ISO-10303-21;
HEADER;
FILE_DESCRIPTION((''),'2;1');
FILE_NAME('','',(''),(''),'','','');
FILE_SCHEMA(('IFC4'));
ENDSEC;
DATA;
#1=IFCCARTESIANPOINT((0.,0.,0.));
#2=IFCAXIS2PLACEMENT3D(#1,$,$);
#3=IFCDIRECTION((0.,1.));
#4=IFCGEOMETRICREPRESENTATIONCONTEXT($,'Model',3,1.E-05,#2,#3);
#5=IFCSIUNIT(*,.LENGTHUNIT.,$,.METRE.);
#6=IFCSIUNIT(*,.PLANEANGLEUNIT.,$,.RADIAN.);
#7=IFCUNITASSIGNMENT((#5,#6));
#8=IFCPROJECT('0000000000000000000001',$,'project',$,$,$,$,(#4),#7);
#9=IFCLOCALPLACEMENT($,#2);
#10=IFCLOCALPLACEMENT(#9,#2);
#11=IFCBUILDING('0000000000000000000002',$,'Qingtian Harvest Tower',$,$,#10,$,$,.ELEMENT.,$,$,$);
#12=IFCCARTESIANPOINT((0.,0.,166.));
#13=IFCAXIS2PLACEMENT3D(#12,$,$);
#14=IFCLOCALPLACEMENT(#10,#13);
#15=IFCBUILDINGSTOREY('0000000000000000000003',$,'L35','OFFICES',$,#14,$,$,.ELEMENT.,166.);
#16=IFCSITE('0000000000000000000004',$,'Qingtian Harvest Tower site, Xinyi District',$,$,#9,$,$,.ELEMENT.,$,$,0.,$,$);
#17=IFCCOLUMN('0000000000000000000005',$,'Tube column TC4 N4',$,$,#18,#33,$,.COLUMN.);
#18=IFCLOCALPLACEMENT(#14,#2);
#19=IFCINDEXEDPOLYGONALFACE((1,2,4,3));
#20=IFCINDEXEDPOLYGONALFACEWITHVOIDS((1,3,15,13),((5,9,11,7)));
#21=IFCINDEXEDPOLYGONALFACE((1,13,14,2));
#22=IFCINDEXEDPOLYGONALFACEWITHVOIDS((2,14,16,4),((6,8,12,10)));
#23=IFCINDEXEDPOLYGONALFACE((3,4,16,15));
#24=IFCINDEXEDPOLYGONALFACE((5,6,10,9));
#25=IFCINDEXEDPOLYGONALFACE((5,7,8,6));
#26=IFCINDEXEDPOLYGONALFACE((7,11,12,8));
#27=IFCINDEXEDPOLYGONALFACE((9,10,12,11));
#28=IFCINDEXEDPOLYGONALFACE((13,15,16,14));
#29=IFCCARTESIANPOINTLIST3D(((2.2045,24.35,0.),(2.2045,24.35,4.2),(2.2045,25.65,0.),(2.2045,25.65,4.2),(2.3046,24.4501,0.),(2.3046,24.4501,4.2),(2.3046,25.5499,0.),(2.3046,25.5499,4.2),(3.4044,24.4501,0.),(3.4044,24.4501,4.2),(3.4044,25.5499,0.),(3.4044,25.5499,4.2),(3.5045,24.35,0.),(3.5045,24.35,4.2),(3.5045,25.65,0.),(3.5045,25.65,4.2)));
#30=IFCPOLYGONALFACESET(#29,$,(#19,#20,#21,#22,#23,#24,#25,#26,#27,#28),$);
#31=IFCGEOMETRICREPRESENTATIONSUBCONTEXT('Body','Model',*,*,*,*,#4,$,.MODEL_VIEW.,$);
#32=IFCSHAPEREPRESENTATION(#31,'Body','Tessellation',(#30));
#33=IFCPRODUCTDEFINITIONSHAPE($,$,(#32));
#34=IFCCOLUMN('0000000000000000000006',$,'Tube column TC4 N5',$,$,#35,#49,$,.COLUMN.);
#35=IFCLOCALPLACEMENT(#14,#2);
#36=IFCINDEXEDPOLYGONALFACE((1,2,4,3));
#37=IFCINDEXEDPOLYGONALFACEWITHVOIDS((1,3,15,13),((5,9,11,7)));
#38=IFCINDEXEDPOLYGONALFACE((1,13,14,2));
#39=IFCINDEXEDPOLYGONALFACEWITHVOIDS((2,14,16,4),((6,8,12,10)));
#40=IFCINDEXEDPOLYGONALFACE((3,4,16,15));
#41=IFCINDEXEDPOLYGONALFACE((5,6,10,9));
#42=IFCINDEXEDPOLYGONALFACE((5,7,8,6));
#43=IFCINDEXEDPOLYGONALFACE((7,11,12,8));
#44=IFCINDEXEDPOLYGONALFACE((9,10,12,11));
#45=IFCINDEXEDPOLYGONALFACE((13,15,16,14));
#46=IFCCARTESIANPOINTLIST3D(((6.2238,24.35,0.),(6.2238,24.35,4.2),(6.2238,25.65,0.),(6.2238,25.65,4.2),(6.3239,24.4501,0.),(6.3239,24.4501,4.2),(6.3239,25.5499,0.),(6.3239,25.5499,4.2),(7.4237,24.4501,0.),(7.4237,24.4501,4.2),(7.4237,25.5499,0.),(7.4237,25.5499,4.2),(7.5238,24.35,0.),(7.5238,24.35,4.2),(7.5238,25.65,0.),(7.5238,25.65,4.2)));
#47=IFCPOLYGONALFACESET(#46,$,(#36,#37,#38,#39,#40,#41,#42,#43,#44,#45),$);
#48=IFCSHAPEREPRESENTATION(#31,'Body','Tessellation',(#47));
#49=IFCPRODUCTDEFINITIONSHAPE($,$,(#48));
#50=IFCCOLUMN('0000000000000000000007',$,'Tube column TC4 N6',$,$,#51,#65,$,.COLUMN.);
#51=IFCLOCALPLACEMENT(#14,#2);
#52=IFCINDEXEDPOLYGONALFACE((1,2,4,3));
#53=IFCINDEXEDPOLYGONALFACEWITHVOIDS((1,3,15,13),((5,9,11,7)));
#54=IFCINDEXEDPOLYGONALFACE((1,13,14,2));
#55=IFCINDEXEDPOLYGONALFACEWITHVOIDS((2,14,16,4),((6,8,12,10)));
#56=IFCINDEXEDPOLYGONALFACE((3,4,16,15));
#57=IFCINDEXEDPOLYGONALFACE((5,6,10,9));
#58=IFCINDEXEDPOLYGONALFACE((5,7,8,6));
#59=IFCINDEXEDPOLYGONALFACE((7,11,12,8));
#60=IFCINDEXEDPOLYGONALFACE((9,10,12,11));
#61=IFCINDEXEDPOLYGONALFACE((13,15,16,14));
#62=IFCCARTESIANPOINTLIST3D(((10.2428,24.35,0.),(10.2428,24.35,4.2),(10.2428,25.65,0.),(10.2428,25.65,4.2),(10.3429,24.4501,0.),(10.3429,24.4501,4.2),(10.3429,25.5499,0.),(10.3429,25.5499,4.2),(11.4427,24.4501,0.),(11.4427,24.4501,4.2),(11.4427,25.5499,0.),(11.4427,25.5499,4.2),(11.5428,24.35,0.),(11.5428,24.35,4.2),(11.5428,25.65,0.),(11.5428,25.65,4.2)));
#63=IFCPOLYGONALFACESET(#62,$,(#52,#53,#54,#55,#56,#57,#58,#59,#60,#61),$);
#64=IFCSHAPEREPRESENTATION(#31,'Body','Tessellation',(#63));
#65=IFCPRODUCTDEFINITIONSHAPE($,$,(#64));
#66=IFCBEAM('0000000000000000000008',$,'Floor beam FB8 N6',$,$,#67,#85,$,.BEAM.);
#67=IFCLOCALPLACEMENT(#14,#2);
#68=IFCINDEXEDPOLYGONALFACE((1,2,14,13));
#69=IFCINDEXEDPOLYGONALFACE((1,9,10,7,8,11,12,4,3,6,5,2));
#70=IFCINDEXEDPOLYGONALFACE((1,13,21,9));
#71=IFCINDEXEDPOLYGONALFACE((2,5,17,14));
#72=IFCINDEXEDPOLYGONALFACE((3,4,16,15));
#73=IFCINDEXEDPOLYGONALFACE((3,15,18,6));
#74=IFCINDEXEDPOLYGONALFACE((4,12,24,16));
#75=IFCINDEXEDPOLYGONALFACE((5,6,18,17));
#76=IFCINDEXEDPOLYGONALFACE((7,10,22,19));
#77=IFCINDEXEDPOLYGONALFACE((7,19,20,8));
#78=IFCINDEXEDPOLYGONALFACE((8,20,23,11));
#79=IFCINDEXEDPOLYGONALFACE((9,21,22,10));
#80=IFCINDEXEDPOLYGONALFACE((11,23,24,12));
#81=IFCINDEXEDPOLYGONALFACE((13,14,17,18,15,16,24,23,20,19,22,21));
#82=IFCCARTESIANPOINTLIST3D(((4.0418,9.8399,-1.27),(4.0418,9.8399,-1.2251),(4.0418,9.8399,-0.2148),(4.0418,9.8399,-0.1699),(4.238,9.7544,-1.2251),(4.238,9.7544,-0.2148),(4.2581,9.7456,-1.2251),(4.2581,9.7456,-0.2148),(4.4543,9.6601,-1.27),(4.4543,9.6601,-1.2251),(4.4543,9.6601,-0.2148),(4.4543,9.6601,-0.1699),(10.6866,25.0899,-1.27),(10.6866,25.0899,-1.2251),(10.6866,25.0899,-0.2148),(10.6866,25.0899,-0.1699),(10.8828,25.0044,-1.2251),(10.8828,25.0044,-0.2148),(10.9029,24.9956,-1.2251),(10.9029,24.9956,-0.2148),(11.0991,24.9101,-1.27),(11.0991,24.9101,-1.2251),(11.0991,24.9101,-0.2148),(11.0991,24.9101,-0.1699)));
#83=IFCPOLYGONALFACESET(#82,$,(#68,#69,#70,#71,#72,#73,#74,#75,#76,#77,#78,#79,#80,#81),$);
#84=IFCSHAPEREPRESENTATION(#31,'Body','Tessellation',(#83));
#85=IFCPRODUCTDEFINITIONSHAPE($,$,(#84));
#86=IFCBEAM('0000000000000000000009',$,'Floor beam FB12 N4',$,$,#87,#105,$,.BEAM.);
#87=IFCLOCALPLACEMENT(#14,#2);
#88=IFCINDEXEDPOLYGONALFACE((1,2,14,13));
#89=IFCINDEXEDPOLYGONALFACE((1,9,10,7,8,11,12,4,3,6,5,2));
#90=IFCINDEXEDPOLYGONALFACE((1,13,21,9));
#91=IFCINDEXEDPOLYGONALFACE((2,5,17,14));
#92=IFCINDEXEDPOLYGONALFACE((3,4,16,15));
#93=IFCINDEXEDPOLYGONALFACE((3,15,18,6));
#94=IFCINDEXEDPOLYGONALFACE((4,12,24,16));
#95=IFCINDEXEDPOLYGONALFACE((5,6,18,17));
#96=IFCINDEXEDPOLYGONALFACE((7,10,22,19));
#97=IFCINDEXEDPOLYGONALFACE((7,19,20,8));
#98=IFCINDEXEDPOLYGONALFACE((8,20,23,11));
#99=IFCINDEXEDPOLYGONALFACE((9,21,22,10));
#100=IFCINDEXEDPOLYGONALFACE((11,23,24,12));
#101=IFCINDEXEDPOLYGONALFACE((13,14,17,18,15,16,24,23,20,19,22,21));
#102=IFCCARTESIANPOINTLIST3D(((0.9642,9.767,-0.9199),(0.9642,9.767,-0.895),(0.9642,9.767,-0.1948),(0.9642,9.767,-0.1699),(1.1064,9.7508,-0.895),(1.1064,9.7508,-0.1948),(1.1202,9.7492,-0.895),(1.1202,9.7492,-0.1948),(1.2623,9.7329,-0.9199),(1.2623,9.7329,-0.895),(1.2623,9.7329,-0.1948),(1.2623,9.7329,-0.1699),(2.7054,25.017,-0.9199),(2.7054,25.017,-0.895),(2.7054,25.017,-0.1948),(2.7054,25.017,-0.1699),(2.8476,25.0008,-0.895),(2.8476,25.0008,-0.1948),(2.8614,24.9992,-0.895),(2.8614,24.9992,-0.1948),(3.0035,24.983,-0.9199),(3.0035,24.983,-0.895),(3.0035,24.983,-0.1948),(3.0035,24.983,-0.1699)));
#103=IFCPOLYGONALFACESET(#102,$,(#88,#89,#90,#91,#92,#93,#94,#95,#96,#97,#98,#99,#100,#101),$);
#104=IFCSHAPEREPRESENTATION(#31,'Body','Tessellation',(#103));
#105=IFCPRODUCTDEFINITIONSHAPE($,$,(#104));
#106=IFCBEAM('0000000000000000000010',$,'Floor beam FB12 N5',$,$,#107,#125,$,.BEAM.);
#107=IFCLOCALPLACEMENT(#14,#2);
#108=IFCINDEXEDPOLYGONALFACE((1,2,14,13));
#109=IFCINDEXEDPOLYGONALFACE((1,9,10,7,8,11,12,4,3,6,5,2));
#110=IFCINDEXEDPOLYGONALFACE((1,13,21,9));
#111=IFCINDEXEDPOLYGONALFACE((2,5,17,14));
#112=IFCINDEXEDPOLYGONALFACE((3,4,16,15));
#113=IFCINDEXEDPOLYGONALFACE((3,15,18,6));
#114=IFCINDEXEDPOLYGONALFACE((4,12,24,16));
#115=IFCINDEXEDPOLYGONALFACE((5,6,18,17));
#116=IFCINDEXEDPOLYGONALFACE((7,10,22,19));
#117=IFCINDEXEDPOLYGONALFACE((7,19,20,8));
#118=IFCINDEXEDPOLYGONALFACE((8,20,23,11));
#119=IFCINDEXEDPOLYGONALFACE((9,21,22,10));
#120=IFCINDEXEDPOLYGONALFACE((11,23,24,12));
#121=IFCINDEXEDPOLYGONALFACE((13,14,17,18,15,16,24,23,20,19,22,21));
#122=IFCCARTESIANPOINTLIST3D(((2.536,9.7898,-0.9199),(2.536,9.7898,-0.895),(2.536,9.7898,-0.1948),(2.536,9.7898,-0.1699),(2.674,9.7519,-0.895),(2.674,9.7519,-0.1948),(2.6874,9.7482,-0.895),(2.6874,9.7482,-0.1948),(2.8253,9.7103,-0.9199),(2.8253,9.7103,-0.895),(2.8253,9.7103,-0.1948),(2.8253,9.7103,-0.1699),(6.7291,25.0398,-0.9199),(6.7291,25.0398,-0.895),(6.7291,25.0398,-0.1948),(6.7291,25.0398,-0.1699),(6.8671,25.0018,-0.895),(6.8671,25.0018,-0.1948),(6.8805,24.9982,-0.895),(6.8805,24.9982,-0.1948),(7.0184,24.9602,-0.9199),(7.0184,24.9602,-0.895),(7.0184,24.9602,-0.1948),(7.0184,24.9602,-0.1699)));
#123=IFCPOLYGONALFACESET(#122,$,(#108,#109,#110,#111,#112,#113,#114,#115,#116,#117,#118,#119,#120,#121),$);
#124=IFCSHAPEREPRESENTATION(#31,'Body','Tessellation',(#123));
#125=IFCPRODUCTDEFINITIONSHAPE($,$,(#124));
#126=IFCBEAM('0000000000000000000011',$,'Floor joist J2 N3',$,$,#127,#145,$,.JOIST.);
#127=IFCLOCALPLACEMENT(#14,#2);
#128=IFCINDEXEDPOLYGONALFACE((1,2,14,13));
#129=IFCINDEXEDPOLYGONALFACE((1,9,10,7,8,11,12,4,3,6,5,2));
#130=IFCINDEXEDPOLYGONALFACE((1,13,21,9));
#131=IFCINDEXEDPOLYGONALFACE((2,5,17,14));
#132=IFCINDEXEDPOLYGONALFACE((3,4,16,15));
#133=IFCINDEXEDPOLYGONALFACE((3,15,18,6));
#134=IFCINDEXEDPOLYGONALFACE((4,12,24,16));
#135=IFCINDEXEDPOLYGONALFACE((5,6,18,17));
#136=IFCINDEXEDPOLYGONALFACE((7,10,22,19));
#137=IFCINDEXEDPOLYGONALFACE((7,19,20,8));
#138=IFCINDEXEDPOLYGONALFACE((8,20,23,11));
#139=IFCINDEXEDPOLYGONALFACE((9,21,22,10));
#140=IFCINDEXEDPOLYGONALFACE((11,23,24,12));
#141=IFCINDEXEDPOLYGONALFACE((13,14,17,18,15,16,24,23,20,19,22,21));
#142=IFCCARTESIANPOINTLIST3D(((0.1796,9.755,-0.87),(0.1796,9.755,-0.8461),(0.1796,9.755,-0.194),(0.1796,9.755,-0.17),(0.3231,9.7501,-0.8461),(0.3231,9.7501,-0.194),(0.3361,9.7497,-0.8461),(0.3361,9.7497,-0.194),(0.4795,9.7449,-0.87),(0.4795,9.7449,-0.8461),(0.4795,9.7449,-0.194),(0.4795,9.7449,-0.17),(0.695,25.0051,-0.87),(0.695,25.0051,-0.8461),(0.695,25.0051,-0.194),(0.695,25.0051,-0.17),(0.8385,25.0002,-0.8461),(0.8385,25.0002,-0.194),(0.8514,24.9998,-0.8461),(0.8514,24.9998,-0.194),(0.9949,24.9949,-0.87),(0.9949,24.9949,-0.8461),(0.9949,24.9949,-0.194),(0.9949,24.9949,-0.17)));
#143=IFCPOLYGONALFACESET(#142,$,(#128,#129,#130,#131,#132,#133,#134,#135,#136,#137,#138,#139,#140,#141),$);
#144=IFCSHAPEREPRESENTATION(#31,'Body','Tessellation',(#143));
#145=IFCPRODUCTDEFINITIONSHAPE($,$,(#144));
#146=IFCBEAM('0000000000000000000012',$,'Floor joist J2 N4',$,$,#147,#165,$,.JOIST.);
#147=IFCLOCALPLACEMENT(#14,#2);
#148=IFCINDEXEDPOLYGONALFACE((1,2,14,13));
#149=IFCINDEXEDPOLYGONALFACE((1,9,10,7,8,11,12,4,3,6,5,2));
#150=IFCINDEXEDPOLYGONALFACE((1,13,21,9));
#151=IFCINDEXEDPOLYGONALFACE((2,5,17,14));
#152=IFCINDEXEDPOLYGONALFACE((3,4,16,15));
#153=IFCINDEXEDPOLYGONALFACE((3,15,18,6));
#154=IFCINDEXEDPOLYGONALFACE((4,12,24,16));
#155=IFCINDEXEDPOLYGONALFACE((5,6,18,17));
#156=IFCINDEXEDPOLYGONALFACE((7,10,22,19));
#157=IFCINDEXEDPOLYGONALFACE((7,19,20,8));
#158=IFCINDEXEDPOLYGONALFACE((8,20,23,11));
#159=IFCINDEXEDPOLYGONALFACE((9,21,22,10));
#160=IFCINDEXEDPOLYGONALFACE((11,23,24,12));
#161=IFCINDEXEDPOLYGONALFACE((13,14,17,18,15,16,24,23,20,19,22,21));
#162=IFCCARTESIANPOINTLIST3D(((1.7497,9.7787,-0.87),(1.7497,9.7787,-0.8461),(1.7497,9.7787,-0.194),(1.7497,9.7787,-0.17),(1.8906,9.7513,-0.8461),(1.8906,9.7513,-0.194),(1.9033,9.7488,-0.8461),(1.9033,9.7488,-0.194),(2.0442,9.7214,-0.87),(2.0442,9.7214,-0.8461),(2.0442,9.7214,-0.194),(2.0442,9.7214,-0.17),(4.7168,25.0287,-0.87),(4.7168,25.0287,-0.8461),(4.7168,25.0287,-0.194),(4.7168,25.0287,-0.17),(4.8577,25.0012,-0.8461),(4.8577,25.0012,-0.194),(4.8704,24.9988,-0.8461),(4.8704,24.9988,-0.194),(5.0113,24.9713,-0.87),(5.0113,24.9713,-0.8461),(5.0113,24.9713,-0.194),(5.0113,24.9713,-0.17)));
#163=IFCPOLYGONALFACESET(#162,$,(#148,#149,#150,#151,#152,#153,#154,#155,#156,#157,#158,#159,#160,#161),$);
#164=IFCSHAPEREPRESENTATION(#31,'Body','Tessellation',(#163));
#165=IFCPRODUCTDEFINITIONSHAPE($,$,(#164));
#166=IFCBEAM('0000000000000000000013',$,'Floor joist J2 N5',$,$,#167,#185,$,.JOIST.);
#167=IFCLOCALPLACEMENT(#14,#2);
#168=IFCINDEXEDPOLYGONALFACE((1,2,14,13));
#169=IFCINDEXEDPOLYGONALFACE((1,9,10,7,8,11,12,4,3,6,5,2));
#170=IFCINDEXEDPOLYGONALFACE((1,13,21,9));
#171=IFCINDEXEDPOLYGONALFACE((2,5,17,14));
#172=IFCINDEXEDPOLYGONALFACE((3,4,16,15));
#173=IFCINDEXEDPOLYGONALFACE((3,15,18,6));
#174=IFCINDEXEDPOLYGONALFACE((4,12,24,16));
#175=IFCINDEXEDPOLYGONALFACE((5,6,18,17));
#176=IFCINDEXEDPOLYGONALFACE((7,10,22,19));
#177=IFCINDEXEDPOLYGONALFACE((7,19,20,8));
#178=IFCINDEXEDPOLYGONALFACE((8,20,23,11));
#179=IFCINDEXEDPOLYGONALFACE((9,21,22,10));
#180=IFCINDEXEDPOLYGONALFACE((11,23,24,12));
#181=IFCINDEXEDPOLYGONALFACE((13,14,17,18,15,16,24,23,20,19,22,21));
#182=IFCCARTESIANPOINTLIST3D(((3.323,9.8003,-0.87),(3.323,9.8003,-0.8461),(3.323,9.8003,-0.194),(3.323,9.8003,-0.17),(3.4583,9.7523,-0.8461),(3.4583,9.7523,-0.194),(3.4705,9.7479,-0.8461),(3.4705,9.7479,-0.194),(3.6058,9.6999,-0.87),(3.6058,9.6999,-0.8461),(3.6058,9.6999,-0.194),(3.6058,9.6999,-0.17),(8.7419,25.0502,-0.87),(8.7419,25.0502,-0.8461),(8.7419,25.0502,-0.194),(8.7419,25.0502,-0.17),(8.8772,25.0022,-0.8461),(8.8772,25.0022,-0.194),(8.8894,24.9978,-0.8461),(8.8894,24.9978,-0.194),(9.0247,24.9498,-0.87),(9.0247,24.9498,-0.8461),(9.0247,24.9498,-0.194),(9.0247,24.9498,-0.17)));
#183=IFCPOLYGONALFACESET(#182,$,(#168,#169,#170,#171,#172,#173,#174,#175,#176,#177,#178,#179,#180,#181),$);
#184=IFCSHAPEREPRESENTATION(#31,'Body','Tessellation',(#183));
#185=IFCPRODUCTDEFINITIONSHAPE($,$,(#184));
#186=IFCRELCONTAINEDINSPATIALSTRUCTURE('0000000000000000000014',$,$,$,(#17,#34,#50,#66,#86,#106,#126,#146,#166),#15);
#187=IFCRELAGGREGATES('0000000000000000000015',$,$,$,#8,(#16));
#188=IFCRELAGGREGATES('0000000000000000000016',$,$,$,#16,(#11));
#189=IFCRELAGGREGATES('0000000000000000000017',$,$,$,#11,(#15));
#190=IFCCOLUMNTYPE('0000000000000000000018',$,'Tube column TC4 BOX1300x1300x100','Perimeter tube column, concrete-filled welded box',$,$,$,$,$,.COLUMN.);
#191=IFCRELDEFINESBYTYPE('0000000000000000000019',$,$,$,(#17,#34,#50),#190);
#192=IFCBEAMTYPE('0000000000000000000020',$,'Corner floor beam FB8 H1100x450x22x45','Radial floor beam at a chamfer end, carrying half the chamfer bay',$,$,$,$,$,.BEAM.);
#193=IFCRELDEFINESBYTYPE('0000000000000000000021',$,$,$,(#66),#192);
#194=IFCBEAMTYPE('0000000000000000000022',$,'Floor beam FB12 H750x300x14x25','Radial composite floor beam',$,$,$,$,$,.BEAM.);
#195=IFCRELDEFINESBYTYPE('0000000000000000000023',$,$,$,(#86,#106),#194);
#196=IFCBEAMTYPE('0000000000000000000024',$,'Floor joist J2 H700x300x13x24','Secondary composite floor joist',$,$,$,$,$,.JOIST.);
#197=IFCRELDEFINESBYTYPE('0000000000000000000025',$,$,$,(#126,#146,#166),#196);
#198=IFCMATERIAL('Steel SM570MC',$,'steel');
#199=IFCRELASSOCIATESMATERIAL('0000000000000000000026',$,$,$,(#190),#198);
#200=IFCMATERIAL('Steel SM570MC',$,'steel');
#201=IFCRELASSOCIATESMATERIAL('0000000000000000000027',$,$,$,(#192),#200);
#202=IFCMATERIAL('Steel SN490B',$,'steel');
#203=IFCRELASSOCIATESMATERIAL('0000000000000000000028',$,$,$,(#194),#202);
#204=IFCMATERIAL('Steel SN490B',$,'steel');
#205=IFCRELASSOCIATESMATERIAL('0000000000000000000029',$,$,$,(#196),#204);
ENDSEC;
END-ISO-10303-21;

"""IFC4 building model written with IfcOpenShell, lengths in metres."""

from ifc_helpers import new_model, si_unit, direction, frame, origin, origin_2d, place, context, subcontext, project, spatial, hollow_rectangle, i_section, extrude, material, material_profile, profile_set, type_object, element, save


model = new_model("IFC4")

# Units and contexts
model_context = context("Model", 3, precision=1e-05, world=origin(), true_north=direction((0.0, 1.0)))
body_context = subcontext(model_context, "Body", "Model", "MODEL_VIEW")
ifc_project = project(units=[si_unit("LENGTHUNIT", "METRE"), si_unit("PLANEANGLEUNIT", "RADIAN")], contexts=[model_context])

# Site, building, storey
site_placement = place(None, origin())
site = spatial("IfcSite", under=ifc_project, at=site_placement, Name="Qingtian Harvest Tower site, Xinyi District", CompositionType="ELEMENT", RefElevation=0.0)
building_placement = place(site_placement, origin())
building = spatial("IfcBuilding", under=site, at=building_placement, Name="Qingtian Harvest Tower", CompositionType="ELEMENT")
storey_placement = place(building_placement, frame((0.0, 0.0, 166.0)))
storey = spatial("IfcBuildingStorey", under=building, at=storey_placement, Name="L35", Description="OFFICES", CompositionType="ELEMENT", Elevation=166.0)

# Columns
ifc_material_1 = material(Name="Steel SM570MC", Category="steel")
ifc_material_profile_1 = material_profile(ifc_material_1, hollow_rectangle(XDim=1.3, YDim=1.3, WallThickness=0.1001, at=origin_2d()), Name="BOX1300x1300x100")
ifc_profile_set_1 = profile_set([ifc_material_profile_1], Name="Steel SM570MC")
column_type = type_object("IfcColumnType", Name="Tube column TC4 BOX1300x1300x100", Description="Perimeter tube column, concrete-filled welded box", PredefinedType="COLUMN", material=ifc_profile_set_1)
for number, where, z_axis, x_axis, name in (
    (1, (2.8545, 25.0, 0.0), (0.0, 0.0, 1.0), (-1.0, 0.0, 0.0), "Tube column TC4 N4"),
    (2, (6.8738, 25.0, 0.0), (0.0, 0.0, 1.0), (-1.0, 0.0, 0.0), "Tube column TC4 N5"),
    (3, (10.8928, 25.0, 0.0), (0.0, 0.0, 1.0), (-1.0, 0.0, 0.0), "Tube column TC4 N6"),
):
    element("IfcColumn", number, at=place(storey_placement, frame(where, z_axis=z_axis, x_axis=x_axis)), inside=storey, type_object=column_type, Name=name, PredefinedType="COLUMN", context=body_context, shape_type="SweptSolid", body=[
        extrude(hollow_rectangle(XDim=1.3, YDim=1.3, WallThickness=0.1001, at=origin_2d()), origin(), (0.0, 0.0, 1.0), 4.2),
    ])

# Beams
ifc_material_2 = material(Name="Steel SM570MC", Category="steel")
ifc_material_profile_2 = material_profile(ifc_material_2, i_section(OverallWidth=0.45, OverallDepth=1.1001, WebThickness=0.022, FlangeThickness=0.0449, at=origin_2d()), Name="H1100x450x22x45")
ifc_profile_set_2 = profile_set([ifc_material_profile_2], Name="Steel SM570MC")
beam_type_1 = type_object("IfcBeamType", Name="Corner floor beam FB8 H1100x450x22x45", Description="Radial floor beam at a chamfer end, carrying half the chamfer bay", PredefinedType="BEAM", material=ifc_profile_set_2)
beam_1_placement = place(storey_placement, frame((10.8928, 25.0, -0.72), z_axis=(-0.399451, -0.916755, 0.0), x_axis=(0.916755, -0.399451, 0.0)))
element("IfcBeam", 4, at=beam_1_placement, inside=storey, type_object=beam_type_1, Name="Floor beam FB8 N6", PredefinedType="BEAM", context=body_context, shape_type="SweptSolid", body=[
    extrude(i_section(OverallWidth=0.45, OverallDepth=1.1001, WebThickness=0.022, FlangeThickness=0.0449, at=origin_2d()), origin(), (0.0, 0.0, 1.0), 16.6348),
])
ifc_material_3 = material(Name="Steel SN490B", Category="steel")
ifc_material_profile_3 = material_profile(ifc_material_3, i_section(OverallWidth=0.3, OverallDepth=0.75, WebThickness=0.0139, FlangeThickness=0.0249, at=origin_2d()), Name="H750x300x14x25")
ifc_profile_set_3 = profile_set([ifc_material_profile_3], Name="Steel SN490B")
beam_type_2 = type_object("IfcBeamType", Name="Floor beam FB12 H750x300x14x25", Description="Radial composite floor beam", PredefinedType="BEAM", material=ifc_profile_set_3)
beam_2_placement = place(storey_placement, frame((2.8545, 25.0, -0.5449), z_axis=(-0.113441, -0.993545, 0.0), x_axis=(0.993545, -0.113441, 0.0)))
element("IfcBeam", 5, at=beam_2_placement, inside=storey, type_object=beam_type_2, Name="Floor beam FB12 N4", PredefinedType="BEAM", context=body_context, shape_type="SweptSolid", body=[
    extrude(i_section(OverallWidth=0.3, OverallDepth=0.75, WebThickness=0.0139, FlangeThickness=0.0249, at=origin_2d()), origin(), (0.0, 0.0, 1.0), 15.3491),
])
beam_3_placement = place(storey_placement, frame((6.8738, 25.0, -0.5449), z_axis=(-0.265119, -0.964216, 0.0), x_axis=(0.964216, -0.265119, 0.0)))
element("IfcBeam", 6, at=beam_3_placement, inside=storey, type_object=beam_type_2, Name="Floor beam FB12 N5", PredefinedType="BEAM", context=body_context, shape_type="SweptSolid", body=[
    extrude(i_section(OverallWidth=0.3, OverallDepth=0.75, WebThickness=0.0139, FlangeThickness=0.0249, at=origin_2d()), origin(), (0.0, 0.0, 1.0), 15.8159),
])
ifc_material_4 = material(Name="Steel SN490B", Category="steel")
ifc_material_profile_4 = material_profile(ifc_material_4, i_section(OverallWidth=0.3, OverallDepth=0.7, WebThickness=0.0129, FlangeThickness=0.0239, at=origin_2d()), Name="H700x300x13x24")
ifc_profile_set_4 = profile_set([ifc_material_profile_4], Name="Steel SN490B")
beam_type_3 = type_object("IfcBeamType", Name="Floor joist J2 H700x300x13x24", Description="Secondary composite floor joist", PredefinedType="JOIST", material=ifc_profile_set_4)
beam_4_placement = place(storey_placement, frame((0.845, 25.0, -0.52), z_axis=(-0.033776, -0.999429, 0.0), x_axis=(0.999429, -0.033776, 0.0)))
element("IfcBeam", 7, at=beam_4_placement, inside=storey, type_object=beam_type_3, Name="Floor joist J2 N3", PredefinedType="JOIST", context=body_context, shape_type="SweptSolid", body=[
    extrude(i_section(OverallWidth=0.3, OverallDepth=0.7, WebThickness=0.0129, FlangeThickness=0.0239, at=origin_2d()), origin(), (0.0, 0.0, 1.0), 15.2588),
])
beam_5_placement = place(storey_placement, frame((4.864, 25.0, -0.52), z_axis=(-0.190979, -0.981594, 0.0), x_axis=(0.981594, -0.190979, 0.0)))
element("IfcBeam", 8, at=beam_5_placement, inside=storey, type_object=beam_type_3, Name="Floor joist J2 N4", PredefinedType="JOIST", context=body_context, shape_type="SweptSolid", body=[
    extrude(i_section(OverallWidth=0.3, OverallDepth=0.7, WebThickness=0.0129, FlangeThickness=0.0239, at=origin_2d()), origin(), (0.0, 0.0, 1.0), 15.5359),
])
beam_6_placement = place(storey_placement, frame((8.8833, 25.0, -0.52), z_axis=(-0.33483, -0.942279, 0.0), x_axis=(0.942279, -0.33483, 0.0)))
element("IfcBeam", 9, at=beam_6_placement, inside=storey, type_object=beam_type_3, Name="Floor joist J2 N5", PredefinedType="JOIST", context=body_context, shape_type="SweptSolid", body=[
    extrude(i_section(OverallWidth=0.3, OverallDepth=0.7, WebThickness=0.0129, FlangeThickness=0.0239, at=origin_2d()), origin(), (0.0, 0.0, 1.0), 16.1841),
])

save(model, "model.ifc")
